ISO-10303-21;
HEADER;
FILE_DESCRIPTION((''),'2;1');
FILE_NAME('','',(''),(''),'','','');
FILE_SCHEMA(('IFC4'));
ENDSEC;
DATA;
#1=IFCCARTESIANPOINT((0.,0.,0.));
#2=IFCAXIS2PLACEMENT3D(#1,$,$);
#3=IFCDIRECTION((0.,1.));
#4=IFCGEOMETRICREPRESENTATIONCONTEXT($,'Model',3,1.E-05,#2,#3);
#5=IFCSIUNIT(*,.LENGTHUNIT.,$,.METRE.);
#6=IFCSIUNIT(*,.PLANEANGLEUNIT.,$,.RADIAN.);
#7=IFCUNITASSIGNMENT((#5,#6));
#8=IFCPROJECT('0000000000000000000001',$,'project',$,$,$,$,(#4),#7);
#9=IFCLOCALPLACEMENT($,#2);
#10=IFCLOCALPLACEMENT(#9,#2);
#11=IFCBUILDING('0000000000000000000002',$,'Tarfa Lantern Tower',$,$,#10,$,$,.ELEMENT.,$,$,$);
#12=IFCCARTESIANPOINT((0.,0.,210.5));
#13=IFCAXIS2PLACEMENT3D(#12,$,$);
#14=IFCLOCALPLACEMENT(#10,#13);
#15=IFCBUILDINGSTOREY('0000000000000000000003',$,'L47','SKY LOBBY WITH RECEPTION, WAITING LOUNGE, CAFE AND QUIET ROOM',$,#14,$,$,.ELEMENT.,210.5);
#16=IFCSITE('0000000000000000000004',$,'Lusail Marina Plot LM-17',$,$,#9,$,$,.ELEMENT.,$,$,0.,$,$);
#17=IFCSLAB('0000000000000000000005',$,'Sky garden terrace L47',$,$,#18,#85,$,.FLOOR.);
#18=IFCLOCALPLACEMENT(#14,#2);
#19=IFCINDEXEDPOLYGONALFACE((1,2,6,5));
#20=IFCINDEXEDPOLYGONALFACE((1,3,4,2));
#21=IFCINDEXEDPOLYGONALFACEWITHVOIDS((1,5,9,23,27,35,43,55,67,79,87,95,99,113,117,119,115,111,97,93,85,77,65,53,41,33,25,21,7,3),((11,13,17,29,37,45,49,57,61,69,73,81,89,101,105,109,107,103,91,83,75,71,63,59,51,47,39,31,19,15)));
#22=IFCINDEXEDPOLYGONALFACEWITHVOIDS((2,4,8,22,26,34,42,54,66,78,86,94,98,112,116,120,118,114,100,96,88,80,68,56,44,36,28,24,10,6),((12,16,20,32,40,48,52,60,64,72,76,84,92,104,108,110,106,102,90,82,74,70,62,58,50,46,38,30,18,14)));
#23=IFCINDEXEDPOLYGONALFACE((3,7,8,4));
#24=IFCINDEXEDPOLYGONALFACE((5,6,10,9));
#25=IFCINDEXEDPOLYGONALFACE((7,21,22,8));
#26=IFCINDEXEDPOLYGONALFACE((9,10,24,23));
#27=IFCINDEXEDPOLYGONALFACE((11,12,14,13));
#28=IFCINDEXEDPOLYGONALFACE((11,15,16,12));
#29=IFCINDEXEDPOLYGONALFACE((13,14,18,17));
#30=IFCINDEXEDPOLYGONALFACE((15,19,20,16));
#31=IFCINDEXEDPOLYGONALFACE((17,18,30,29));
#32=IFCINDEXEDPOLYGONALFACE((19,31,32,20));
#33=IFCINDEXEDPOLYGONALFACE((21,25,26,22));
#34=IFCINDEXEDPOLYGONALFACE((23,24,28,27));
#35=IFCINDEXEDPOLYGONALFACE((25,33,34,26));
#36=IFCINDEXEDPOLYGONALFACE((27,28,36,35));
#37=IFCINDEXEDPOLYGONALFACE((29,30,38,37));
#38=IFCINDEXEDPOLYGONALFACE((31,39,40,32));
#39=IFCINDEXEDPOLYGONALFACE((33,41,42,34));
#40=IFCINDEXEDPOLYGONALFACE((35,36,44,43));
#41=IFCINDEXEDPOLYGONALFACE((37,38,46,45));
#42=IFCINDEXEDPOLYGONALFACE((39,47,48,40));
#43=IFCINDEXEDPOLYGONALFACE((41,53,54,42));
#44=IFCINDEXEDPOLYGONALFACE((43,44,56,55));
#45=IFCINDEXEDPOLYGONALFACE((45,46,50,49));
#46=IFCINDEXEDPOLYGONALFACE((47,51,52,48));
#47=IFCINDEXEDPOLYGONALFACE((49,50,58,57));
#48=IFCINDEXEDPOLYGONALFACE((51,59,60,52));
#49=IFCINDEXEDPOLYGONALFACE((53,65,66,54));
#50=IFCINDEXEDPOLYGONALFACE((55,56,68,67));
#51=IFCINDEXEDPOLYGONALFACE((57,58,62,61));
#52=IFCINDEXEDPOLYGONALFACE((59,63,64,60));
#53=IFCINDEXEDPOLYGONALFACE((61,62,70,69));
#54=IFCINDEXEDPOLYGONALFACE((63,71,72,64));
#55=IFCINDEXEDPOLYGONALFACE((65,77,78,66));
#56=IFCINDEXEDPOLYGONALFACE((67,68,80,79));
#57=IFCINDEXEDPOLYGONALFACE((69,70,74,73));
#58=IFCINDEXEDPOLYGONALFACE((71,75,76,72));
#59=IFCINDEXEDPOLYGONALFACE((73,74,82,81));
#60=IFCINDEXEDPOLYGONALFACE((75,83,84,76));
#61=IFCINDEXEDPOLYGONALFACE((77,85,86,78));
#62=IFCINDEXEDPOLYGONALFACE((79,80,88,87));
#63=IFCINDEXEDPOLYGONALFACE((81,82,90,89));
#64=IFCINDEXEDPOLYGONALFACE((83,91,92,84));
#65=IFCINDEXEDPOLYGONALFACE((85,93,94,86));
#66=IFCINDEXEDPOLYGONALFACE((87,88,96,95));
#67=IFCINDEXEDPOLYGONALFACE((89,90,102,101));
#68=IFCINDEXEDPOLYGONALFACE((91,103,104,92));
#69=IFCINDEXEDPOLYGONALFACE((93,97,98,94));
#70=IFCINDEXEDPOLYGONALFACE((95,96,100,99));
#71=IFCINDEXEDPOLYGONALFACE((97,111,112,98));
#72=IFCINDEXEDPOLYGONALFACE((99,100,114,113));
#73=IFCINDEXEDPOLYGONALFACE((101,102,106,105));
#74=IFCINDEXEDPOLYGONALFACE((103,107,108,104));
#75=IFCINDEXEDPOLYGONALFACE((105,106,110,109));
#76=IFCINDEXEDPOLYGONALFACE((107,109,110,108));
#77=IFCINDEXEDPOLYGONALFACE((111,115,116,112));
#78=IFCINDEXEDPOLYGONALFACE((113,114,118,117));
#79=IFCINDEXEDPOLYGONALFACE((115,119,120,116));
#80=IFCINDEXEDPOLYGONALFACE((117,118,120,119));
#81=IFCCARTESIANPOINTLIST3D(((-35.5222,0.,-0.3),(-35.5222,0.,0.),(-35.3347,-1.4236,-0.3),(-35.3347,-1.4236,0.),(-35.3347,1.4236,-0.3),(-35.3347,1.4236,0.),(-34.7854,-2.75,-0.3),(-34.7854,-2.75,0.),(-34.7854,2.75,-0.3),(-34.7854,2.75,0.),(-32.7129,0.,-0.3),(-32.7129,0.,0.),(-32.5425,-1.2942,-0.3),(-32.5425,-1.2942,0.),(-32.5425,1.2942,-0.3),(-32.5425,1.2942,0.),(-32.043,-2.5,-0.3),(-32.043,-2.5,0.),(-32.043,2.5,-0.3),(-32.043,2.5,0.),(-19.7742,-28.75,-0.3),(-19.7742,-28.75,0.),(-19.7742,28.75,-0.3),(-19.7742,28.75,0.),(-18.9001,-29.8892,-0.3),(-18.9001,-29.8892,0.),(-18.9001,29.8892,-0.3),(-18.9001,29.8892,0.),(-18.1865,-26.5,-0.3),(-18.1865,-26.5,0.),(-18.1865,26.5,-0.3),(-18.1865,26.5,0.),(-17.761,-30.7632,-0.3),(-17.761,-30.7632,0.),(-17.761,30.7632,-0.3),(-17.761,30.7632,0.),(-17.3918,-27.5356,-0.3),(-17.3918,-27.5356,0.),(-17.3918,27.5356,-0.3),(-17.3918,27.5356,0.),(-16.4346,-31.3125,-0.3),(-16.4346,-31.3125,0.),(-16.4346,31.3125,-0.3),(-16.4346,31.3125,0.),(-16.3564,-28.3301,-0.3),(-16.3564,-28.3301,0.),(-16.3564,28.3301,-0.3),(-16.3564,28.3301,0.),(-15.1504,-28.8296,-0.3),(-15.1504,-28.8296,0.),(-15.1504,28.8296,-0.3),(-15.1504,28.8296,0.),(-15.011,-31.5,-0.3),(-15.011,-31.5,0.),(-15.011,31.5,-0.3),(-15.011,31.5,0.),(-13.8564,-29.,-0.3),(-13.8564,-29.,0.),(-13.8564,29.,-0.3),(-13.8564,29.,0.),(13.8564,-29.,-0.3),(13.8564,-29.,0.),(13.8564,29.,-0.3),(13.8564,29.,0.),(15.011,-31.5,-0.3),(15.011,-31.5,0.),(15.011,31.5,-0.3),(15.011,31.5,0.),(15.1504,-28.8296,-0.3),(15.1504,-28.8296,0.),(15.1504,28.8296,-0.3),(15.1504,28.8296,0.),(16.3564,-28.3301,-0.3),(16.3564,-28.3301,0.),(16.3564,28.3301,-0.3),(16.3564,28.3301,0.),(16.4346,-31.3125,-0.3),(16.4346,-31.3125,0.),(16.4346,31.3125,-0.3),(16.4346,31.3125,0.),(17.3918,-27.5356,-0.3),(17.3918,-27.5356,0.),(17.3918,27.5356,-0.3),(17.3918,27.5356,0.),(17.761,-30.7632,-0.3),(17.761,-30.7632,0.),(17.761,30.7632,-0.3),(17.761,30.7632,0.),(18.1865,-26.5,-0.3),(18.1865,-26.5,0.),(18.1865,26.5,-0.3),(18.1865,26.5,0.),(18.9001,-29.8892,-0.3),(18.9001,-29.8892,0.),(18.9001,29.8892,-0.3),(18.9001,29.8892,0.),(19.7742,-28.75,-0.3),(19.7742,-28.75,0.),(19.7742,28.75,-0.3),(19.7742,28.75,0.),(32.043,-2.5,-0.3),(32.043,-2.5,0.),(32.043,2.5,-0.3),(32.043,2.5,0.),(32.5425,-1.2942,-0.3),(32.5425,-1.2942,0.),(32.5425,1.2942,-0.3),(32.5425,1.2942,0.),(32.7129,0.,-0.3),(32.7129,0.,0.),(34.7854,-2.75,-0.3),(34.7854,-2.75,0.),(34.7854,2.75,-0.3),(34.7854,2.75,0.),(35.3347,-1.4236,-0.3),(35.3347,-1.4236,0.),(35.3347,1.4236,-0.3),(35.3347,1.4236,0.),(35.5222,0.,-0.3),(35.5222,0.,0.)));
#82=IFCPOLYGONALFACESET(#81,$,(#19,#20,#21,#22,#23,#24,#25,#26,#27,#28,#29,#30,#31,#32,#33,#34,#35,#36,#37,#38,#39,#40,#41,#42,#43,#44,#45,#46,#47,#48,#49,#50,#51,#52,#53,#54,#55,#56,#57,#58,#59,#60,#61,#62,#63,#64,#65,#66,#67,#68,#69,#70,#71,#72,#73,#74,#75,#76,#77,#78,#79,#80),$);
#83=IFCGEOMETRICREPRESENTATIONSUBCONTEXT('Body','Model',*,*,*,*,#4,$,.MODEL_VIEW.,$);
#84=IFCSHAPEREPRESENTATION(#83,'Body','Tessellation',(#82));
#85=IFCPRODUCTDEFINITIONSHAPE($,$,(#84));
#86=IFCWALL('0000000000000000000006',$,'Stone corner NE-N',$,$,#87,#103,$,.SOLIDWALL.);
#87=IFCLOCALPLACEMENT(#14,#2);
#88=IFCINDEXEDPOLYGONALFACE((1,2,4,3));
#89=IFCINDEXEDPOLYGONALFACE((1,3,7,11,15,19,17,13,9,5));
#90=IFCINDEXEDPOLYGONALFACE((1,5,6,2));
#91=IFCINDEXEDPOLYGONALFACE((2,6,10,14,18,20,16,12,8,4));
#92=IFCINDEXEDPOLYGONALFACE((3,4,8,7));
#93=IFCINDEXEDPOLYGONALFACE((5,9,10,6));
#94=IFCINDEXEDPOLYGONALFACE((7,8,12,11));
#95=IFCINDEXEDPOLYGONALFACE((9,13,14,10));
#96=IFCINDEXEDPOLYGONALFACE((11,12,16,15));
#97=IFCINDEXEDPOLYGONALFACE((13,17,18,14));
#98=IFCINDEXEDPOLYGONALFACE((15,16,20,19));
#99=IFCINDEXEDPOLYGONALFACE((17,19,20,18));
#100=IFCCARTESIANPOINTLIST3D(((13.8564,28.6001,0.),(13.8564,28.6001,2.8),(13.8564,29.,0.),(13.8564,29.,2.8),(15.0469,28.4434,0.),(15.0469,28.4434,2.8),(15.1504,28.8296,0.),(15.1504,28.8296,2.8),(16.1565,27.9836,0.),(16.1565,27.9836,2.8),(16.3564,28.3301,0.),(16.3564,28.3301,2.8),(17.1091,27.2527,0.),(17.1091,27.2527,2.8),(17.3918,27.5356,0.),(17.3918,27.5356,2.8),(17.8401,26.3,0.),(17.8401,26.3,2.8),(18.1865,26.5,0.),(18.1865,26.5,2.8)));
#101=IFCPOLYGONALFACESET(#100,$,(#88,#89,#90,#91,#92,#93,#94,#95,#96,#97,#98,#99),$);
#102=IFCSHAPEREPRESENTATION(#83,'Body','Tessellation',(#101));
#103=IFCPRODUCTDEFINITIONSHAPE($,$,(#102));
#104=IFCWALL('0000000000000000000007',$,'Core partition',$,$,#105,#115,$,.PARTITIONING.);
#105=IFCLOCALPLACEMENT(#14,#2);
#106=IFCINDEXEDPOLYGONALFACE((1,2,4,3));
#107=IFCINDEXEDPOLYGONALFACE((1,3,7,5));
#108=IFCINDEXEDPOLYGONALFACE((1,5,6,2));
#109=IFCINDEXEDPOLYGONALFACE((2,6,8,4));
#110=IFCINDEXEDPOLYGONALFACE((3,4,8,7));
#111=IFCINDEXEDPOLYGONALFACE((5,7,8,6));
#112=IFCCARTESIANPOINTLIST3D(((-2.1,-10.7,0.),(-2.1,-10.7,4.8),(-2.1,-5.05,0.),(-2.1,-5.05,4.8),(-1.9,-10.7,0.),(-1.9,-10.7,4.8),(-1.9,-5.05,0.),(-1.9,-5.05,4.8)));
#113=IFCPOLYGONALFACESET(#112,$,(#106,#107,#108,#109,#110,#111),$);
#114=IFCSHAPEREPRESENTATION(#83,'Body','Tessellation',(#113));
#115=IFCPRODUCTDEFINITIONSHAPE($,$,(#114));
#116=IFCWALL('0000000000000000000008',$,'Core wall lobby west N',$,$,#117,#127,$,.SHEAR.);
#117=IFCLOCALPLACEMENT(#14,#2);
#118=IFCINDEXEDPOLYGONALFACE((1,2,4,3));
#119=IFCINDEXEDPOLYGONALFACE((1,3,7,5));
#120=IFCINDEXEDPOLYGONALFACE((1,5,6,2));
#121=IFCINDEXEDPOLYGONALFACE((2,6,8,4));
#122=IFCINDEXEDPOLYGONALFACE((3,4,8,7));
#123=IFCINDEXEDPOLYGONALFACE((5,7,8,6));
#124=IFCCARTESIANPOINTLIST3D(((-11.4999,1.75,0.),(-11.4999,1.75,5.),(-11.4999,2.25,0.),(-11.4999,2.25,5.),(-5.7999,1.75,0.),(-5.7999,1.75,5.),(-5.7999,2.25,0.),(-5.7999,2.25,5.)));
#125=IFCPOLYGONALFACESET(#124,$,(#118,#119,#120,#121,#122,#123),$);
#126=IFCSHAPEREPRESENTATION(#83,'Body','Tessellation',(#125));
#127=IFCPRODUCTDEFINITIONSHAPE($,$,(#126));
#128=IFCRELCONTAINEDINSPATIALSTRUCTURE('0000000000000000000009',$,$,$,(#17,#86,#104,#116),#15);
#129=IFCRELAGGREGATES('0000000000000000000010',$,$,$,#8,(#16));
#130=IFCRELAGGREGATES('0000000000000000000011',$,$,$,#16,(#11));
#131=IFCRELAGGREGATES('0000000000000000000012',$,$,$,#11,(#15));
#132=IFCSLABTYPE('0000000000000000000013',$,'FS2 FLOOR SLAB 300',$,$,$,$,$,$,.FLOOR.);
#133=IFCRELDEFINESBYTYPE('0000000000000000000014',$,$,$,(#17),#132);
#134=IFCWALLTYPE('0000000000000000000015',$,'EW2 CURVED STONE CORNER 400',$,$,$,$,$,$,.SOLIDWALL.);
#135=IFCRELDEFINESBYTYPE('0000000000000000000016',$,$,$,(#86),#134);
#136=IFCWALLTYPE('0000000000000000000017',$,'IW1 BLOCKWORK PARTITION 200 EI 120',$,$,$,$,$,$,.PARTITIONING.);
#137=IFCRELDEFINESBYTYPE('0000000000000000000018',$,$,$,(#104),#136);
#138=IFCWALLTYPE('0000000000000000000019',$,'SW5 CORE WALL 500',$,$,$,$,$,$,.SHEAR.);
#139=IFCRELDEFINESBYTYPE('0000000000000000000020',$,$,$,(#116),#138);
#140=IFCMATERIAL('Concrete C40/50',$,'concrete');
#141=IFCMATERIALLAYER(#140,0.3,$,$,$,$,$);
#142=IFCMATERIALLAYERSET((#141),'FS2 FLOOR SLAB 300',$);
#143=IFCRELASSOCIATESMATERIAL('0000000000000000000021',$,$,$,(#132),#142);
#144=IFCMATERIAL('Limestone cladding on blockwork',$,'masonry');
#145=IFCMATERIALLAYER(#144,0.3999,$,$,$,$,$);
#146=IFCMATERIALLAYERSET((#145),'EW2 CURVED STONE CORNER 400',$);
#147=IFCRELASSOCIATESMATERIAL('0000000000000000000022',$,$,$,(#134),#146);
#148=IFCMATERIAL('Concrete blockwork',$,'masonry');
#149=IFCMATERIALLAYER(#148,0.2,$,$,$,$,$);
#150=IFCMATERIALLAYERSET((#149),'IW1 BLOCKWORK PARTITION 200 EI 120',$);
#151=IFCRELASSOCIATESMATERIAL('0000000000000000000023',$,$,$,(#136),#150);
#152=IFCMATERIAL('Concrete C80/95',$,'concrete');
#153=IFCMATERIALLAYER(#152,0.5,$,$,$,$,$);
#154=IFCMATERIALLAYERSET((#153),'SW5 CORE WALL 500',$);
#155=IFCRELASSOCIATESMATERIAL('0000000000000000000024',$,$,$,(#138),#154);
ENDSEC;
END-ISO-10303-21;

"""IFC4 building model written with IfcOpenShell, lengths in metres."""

from ifc_helpers import new_model, si_unit, direction, frame, frame_2d, origin, place, context, subcontext, project, spatial, polyline, rectangle, outline, extrude, material, layer, layer_set, type_object, element, save


model = new_model("IFC4")

# Units and contexts
model_context = context("Model", 3, precision=1e-05, world=origin(), true_north=direction((0.0, 1.0)))
body_context = subcontext(model_context, "Body", "Model", "MODEL_VIEW")
ifc_project = project(units=[si_unit("LENGTHUNIT", "METRE"), si_unit("PLANEANGLEUNIT", "RADIAN")], contexts=[model_context])

# Site, building, storey
site_placement = place(None, origin())
site = spatial("IfcSite", under=ifc_project, at=site_placement, Name="Lusail Marina Plot LM-17", CompositionType="ELEMENT", RefElevation=0.0)
building_placement = place(site_placement, origin())
building = spatial("IfcBuilding", under=site, at=building_placement, Name="Tarfa Lantern Tower", CompositionType="ELEMENT")
storey_placement = place(building_placement, frame((0.0, 0.0, 210.5)))
storey = spatial("IfcBuildingStorey", under=building, at=storey_placement, Name="L47", Description="SKY LOBBY WITH RECEPTION, WAITING LOUNGE, CAFE AND QUIET ROOM", CompositionType="ELEMENT", Elevation=210.5)

# Slab
ifc_material_1 = material(Name="Concrete C40/50", Category="concrete")
ifc_layer_1 = layer(ifc_material_1, 0.3)
ifc_layer_set_1 = layer_set([ifc_layer_1], Name="FS2 FLOOR SLAB 300")
slab_type = type_object("IfcSlabType", Name="FS2 FLOOR SLAB 300", PredefinedType="FLOOR", material=ifc_layer_set_1)
slab_1_placement = place(storey_placement, frame((0.0, 0.0, -0.3)))
element("IfcSlab", 1, at=slab_1_placement, inside=storey, type_object=slab_type, Name="Sky garden terrace L47", PredefinedType="FLOOR", context=body_context, shape_type="SweptSolid", body=[
    extrude(outline(polyline([(34.7854, 2.75), (19.7742, 28.75), (18.9001, 29.8892), (17.761, 30.7632), (16.4346, 31.3125), (15.011, 31.5), (-15.011, 31.5), (-16.4346, 31.3125), (-17.761, 30.7632), (-18.9001, 29.8892), (-19.7742, 28.75), (-34.7854, 2.75), (-35.3347, 1.4236), (-35.5222, 0.0), (-35.3347, -1.4236), (-34.7854, -2.75), (-19.7742, -28.75), (-18.9001, -29.8892), (-17.761, -30.7632), (-16.4346, -31.3125), (-15.011, -31.5), (15.011, -31.5), (16.4346, -31.3125), (17.761, -30.7632), (18.9001, -29.8892), (19.7742, -28.75), (34.7854, -2.75), (35.3347, -1.4236), (35.5222, 0.0), (35.3347, 1.4236), (34.7854, 2.75)]), holes=[polyline([(32.043, 2.5), (18.1865, 26.5), (17.3918, 27.5356), (16.3564, 28.3301), (15.1504, 28.8296), (13.8564, 29.0), (-13.8564, 29.0), (-15.1504, 28.8296), (-16.3564, 28.3301), (-17.3918, 27.5356), (-18.1865, 26.5), (-32.043, 2.5), (-32.5425, 1.2942), (-32.7129, 0.0), (-32.5425, -1.2942), (-32.043, -2.5), (-18.1865, -26.5), (-17.3918, -27.5356), (-16.3564, -28.3301), (-15.1504, -28.8296), (-13.8564, -29.0), (13.8564, -29.0), (15.1504, -28.8296), (16.3564, -28.3301), (17.3918, -27.5356), (18.1865, -26.5), (32.043, -2.5), (32.5425, -1.2942), (32.7129, 0.0), (32.5425, 1.2942), (32.043, 2.5)])]), origin(), (0.0, 0.0, 1.0), 0.3),
])

# Walls
ifc_material_2 = material(Name="Limestone cladding on blockwork", Category="masonry")
ifc_layer_2 = layer(ifc_material_2, 0.3999)
ifc_layer_set_2 = layer_set([ifc_layer_2], Name="EW2 CURVED STONE CORNER 400")
wall_type_1 = type_object("IfcWallType", Name="EW2 CURVED STONE CORNER 400", PredefinedType="SOLIDWALL", material=ifc_layer_set_2)
wall_1_placement = place(storey_placement, origin())
element("IfcWall", 2, at=wall_1_placement, inside=storey, type_object=wall_type_1, Name="Stone corner NE-N", PredefinedType="SOLIDWALL", context=body_context, shape_type="SweptSolid", body=[
    extrude(outline(polyline([(18.1865, 26.5), (17.3918, 27.5356), (16.3564, 28.3301), (15.1504, 28.8296), (13.8564, 29.0), (13.8564, 28.6001), (15.0469, 28.4434), (16.1565, 27.9836), (17.1091, 27.2527), (17.8401, 26.3), (18.1865, 26.5)])), origin(), (0.0, 0.0, 1.0), 2.8),
])
ifc_material_3 = material(Name="Concrete blockwork", Category="masonry")
ifc_layer_3 = layer(ifc_material_3, 0.2)
ifc_layer_set_3 = layer_set([ifc_layer_3], Name="IW1 BLOCKWORK PARTITION 200 EI 120")
wall_type_2 = type_object("IfcWallType", Name="IW1 BLOCKWORK PARTITION 200 EI 120", PredefinedType="PARTITIONING", material=ifc_layer_set_3)
wall_2_placement = place(storey_placement, frame((-2.0, -5.05, 0.0), z_axis=(0.0, 0.0, 1.0), x_axis=(0.0, -1.0, 0.0)))
element("IfcWall", 3, at=wall_2_placement, inside=storey, type_object=wall_type_2, Name="Core partition", PredefinedType="PARTITIONING", context=body_context, shape_type="SweptSolid", body=[
    extrude(rectangle(XDim=5.6499, YDim=0.2, at=frame_2d((2.825, 0.0))), origin(), (0.0, 0.0, 1.0), 4.8),
])
ifc_material_4 = material(Name="Concrete C80/95", Category="concrete")
ifc_layer_4 = layer(ifc_material_4, 0.5)
ifc_layer_set_4 = layer_set([ifc_layer_4], Name="SW5 CORE WALL 500")
wall_type_3 = type_object("IfcWallType", Name="SW5 CORE WALL 500", PredefinedType="SHEAR", material=ifc_layer_set_4)
wall_3_placement = place(storey_placement, frame((-11.5, 2.0, 0.0), z_axis=(0.0, 0.0, 1.0), x_axis=(1.0, 0.0, 0.0)))
element("IfcWall", 4, at=wall_3_placement, inside=storey, type_object=wall_type_3, Name="Core wall lobby west N", PredefinedType="SHEAR", context=body_context, shape_type="SweptSolid", body=[
    extrude(rectangle(XDim=5.7, YDim=0.5, at=frame_2d((2.8501, 0.0))), origin(), (0.0, 0.0, 1.0), 5.0),
])

save(model, "model.ifc")
